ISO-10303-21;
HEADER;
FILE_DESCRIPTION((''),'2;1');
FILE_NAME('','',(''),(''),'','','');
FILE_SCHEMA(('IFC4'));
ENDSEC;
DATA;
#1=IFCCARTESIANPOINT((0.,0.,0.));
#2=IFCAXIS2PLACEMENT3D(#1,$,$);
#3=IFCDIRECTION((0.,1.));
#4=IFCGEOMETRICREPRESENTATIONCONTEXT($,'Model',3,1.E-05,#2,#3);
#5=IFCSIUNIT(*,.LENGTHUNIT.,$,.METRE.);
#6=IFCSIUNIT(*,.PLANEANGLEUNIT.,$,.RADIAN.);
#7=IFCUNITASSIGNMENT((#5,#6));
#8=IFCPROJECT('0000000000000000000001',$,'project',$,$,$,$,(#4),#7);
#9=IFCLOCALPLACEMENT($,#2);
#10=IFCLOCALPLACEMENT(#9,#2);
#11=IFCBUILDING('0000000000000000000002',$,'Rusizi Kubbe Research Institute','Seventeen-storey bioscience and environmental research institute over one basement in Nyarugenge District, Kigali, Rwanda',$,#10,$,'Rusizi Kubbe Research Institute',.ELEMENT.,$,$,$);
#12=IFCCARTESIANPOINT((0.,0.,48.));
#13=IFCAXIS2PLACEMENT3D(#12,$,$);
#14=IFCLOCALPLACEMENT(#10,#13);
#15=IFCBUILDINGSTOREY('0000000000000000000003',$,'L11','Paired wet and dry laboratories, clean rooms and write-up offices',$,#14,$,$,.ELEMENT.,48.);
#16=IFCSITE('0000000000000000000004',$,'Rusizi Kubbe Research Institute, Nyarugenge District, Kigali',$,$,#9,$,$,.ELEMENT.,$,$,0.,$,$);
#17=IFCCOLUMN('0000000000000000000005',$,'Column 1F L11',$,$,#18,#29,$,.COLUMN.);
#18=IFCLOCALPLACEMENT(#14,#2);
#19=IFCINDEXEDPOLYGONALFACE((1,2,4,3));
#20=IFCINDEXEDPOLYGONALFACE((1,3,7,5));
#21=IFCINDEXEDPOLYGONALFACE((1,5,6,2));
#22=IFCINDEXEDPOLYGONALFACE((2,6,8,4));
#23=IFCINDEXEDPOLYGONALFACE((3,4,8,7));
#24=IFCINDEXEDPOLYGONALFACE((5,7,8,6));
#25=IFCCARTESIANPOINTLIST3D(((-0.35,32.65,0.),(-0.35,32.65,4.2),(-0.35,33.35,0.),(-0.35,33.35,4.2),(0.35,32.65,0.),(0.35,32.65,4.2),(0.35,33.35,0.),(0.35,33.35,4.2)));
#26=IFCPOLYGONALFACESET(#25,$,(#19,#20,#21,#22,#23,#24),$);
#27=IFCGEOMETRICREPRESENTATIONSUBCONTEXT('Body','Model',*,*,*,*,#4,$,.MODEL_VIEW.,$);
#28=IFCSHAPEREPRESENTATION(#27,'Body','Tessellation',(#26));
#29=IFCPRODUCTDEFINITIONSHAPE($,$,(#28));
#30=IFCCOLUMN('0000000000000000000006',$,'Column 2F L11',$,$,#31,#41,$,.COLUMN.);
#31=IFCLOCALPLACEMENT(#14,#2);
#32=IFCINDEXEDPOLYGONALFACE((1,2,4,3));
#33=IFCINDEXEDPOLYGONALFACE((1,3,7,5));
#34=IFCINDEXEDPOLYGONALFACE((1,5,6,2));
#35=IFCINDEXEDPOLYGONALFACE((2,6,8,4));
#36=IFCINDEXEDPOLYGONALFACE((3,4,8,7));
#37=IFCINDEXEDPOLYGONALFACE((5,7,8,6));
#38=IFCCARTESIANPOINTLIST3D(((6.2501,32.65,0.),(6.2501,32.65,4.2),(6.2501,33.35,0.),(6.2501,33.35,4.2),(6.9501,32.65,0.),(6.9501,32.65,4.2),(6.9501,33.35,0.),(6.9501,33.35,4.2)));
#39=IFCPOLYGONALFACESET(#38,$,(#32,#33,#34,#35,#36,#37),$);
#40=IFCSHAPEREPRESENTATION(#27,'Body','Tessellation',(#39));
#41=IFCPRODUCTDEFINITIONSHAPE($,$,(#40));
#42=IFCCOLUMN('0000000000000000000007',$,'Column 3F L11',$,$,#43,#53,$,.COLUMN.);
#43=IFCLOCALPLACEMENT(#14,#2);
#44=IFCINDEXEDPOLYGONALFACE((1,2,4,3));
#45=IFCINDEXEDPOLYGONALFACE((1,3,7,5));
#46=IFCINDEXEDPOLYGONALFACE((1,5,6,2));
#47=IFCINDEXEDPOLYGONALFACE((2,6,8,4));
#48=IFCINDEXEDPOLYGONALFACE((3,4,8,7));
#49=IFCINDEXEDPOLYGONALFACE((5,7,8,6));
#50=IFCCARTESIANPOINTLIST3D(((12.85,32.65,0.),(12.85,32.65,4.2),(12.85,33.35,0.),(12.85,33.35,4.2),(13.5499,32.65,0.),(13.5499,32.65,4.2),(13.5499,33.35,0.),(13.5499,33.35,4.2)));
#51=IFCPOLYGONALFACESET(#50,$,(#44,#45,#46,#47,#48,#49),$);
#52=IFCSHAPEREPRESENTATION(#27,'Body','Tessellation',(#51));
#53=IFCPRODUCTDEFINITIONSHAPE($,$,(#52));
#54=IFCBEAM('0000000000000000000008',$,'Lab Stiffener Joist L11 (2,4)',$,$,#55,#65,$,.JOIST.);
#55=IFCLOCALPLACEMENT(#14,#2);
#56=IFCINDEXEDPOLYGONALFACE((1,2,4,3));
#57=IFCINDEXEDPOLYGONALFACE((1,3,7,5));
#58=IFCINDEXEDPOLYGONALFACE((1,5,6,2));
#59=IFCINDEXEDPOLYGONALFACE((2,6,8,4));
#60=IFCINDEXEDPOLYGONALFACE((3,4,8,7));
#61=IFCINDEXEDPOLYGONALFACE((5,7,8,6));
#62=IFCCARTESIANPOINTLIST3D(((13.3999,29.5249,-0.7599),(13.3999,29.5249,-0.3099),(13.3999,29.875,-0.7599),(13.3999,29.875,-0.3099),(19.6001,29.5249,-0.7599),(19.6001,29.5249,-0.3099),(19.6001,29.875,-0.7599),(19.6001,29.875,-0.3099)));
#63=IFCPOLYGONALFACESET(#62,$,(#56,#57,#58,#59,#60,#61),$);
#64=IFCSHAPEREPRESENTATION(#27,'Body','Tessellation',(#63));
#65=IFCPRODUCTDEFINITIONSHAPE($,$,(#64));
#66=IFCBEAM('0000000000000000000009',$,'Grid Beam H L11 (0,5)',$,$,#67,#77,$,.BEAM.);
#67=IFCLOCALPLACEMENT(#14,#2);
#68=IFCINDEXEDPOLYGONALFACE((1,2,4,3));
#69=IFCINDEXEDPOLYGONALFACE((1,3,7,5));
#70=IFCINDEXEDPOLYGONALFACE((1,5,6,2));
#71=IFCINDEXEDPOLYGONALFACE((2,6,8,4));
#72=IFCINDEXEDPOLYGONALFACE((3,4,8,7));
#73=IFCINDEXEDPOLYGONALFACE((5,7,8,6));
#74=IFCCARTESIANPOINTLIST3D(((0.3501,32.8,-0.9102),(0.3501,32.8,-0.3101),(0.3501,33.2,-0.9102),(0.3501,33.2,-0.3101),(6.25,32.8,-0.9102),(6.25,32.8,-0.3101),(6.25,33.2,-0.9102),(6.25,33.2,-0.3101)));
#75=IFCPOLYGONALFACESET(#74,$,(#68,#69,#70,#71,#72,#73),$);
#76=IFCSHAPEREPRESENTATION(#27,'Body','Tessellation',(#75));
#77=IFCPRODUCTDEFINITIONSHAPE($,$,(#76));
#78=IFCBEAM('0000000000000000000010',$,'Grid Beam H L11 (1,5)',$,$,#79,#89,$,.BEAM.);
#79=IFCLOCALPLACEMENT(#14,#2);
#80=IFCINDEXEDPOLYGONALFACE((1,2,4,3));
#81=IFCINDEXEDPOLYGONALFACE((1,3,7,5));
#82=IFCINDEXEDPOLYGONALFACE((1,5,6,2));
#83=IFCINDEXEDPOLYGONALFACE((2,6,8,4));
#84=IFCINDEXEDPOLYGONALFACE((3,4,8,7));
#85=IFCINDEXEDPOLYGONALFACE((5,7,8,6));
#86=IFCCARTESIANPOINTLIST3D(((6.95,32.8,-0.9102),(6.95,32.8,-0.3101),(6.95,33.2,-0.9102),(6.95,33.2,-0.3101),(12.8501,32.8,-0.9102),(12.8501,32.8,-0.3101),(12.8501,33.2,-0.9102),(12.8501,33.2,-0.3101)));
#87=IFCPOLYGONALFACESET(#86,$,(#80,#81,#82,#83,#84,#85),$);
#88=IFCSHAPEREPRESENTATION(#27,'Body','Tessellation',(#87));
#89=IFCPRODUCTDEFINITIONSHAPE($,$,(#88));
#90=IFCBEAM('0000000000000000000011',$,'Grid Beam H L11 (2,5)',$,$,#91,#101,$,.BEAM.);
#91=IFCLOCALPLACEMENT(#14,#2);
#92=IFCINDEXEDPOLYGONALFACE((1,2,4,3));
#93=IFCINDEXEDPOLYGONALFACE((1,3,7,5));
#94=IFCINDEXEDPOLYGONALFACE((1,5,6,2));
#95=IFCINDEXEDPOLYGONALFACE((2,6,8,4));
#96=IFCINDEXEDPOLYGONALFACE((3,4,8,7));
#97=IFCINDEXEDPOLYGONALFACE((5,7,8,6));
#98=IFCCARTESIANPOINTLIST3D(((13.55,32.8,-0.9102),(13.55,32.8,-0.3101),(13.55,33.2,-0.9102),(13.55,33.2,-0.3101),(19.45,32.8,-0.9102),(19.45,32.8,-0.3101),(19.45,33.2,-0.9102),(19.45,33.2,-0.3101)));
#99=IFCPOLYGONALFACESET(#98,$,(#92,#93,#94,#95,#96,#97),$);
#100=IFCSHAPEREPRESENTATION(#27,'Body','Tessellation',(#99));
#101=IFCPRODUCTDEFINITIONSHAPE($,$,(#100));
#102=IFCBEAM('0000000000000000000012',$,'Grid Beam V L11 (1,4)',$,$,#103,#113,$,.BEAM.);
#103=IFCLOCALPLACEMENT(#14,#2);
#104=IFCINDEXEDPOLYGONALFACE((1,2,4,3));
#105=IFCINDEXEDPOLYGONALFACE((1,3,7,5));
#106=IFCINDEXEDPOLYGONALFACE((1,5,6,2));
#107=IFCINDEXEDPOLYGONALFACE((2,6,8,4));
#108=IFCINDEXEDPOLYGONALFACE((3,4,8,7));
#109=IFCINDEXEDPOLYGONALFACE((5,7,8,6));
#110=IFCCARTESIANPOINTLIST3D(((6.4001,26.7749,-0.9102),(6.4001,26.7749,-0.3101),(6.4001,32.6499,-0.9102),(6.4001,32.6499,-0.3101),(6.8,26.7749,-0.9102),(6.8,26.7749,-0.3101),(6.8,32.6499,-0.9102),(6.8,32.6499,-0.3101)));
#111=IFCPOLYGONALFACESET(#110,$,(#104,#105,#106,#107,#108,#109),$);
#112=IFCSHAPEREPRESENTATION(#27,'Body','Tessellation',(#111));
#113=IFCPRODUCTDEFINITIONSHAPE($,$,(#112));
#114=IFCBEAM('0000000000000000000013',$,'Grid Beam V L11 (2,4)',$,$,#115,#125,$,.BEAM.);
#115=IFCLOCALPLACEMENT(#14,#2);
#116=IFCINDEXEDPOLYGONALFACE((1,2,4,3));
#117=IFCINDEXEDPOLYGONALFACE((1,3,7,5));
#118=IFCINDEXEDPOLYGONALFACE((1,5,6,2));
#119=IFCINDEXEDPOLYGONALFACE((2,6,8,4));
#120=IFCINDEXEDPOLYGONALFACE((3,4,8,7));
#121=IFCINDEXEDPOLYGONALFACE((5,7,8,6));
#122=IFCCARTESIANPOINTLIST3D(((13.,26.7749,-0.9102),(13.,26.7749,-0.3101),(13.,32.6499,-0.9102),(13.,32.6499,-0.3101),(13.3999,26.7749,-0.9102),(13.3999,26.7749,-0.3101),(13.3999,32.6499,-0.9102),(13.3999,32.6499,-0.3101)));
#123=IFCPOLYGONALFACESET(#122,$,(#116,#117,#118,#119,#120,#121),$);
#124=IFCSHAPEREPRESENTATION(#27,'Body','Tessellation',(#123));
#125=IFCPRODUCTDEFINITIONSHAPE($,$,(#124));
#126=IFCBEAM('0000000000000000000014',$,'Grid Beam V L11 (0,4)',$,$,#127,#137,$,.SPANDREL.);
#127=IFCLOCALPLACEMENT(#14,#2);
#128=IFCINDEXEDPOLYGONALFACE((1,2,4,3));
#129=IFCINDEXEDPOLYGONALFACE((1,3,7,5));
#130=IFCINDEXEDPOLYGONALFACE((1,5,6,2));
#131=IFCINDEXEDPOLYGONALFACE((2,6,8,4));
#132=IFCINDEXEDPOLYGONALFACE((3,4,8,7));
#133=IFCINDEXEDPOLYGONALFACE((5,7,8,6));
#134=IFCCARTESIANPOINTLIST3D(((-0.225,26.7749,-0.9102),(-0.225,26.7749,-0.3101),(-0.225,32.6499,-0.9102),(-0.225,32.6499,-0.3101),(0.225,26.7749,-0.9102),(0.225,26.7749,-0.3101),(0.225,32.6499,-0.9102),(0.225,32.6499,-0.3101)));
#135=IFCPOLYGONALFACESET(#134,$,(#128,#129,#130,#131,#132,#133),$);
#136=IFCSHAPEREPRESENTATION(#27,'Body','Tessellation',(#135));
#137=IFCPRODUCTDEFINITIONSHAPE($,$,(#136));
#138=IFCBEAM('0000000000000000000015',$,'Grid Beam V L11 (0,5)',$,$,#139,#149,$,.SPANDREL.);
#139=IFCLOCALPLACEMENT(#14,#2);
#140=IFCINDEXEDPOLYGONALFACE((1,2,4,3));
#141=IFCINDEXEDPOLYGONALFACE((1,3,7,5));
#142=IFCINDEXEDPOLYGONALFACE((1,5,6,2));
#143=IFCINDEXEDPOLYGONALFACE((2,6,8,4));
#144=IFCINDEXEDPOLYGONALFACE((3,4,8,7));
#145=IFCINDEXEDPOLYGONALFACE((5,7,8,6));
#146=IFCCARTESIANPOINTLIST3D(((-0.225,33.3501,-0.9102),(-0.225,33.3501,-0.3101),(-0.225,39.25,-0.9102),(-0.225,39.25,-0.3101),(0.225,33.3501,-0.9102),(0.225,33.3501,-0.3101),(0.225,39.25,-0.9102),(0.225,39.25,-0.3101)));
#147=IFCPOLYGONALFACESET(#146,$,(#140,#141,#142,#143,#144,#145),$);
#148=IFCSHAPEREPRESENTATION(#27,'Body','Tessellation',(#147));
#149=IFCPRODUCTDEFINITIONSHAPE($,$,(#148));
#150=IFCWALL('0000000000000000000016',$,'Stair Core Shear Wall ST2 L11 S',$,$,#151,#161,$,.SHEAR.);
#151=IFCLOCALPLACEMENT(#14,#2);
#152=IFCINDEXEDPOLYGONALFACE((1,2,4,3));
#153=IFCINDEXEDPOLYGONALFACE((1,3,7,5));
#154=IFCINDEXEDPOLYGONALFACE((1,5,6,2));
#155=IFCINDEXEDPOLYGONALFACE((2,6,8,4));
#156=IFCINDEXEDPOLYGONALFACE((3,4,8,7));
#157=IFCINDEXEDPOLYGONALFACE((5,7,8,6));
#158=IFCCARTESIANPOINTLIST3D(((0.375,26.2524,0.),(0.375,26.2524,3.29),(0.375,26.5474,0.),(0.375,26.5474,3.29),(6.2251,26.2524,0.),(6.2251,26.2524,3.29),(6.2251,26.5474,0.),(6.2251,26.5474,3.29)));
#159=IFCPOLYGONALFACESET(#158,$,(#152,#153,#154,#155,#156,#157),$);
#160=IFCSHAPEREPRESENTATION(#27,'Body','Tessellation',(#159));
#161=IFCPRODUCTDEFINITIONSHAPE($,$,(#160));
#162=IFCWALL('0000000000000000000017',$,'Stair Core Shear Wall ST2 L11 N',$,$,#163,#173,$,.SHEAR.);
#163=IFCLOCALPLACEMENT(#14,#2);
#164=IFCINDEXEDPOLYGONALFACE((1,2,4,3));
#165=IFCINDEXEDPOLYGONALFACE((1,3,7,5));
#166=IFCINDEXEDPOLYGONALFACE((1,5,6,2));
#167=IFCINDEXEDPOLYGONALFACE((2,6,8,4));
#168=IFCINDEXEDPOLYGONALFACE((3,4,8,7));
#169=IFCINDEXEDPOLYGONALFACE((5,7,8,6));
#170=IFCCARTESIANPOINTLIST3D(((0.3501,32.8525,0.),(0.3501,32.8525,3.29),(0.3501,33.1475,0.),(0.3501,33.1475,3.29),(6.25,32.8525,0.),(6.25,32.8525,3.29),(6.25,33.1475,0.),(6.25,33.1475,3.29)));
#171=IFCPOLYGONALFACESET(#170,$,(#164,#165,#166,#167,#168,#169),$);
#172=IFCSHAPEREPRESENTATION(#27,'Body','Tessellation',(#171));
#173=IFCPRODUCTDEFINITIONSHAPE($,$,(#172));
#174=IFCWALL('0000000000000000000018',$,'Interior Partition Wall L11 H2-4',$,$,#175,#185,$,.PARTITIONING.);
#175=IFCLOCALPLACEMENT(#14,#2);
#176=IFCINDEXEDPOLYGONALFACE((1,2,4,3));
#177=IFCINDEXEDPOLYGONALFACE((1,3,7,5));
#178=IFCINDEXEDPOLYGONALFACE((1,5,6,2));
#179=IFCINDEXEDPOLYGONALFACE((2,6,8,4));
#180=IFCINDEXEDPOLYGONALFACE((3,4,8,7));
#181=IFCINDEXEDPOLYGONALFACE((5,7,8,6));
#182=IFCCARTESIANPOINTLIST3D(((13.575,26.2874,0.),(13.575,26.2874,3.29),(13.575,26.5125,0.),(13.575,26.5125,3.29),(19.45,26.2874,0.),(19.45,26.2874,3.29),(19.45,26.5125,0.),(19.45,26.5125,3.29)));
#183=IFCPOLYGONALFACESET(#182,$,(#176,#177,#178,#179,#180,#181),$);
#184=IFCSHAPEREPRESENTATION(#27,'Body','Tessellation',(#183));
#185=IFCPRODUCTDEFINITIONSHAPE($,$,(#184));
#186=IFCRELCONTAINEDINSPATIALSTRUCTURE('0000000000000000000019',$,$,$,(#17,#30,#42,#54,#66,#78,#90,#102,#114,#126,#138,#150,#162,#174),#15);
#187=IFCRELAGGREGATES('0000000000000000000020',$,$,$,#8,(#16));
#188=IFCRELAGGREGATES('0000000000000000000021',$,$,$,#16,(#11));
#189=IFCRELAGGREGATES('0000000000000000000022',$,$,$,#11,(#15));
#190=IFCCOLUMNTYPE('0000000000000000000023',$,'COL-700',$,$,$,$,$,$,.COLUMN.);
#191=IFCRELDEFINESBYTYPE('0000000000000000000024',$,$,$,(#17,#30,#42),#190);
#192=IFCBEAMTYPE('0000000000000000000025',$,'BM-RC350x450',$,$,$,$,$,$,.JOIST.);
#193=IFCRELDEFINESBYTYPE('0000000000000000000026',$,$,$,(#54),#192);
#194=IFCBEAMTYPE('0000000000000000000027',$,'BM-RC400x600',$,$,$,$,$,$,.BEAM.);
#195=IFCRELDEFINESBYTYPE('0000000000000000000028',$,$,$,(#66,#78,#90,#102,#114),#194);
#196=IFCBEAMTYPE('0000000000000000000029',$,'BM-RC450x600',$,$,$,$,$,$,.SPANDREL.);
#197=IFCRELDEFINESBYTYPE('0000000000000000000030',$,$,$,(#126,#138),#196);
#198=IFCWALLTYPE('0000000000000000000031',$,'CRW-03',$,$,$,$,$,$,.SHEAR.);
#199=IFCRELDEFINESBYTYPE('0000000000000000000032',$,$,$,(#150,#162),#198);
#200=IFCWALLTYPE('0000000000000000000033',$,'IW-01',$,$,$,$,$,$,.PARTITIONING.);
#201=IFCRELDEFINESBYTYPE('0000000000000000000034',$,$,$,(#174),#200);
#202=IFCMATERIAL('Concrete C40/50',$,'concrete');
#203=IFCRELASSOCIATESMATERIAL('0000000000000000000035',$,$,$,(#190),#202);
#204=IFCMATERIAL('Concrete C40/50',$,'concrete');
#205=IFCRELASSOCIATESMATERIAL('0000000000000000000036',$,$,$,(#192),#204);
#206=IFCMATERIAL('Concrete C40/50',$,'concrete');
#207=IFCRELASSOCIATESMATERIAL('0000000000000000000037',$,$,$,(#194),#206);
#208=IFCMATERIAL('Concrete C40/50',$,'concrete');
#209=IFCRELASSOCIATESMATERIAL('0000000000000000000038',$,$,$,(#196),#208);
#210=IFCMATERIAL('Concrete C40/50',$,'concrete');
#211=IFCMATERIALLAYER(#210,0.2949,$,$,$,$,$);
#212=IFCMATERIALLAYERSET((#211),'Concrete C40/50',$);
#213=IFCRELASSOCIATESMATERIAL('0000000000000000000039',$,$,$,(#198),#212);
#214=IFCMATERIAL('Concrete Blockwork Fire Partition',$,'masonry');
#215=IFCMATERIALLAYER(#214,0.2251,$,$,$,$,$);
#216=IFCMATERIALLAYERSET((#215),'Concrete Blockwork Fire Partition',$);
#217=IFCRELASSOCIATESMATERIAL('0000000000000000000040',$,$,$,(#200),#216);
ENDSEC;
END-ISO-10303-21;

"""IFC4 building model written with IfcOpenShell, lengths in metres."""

from ifc_helpers import new_model, si_unit, direction, frame, frame_2d, origin, origin_2d, place, context, subcontext, project, spatial, rectangle, extrude, material, layer, layer_set, material_profile, profile_set, type_object, element, save


model = new_model("IFC4")

# Units and contexts
model_context = context("Model", 3, precision=1e-05, world=origin(), true_north=direction((0.0, 1.0)))
body_context = subcontext(model_context, "Body", "Model", "MODEL_VIEW")
ifc_project = project(units=[si_unit("LENGTHUNIT", "METRE"), si_unit("PLANEANGLEUNIT", "RADIAN")], contexts=[model_context])

# Site, building, storey
site_placement = place(None, origin())
site = spatial("IfcSite", under=ifc_project, at=site_placement, Name="Rusizi Kubbe Research Institute, Nyarugenge District, Kigali", CompositionType="ELEMENT", RefElevation=0.0)
building_placement = place(site_placement, origin())
building = spatial("IfcBuilding", under=site, at=building_placement, Name="Rusizi Kubbe Research Institute", Description="Seventeen-storey bioscience and environmental research institute over one basement in Nyarugenge District, Kigali, Rwanda", LongName="Rusizi Kubbe Research Institute", CompositionType="ELEMENT")
storey_placement = place(building_placement, frame((0.0, 0.0, 48.0)))
storey = spatial("IfcBuildingStorey", under=building, at=storey_placement, Name="L11", Description="Paired wet and dry laboratories, clean rooms and write-up offices", CompositionType="ELEMENT", Elevation=48.0)

# Columns
ifc_material_1 = material(Name="Concrete C40/50", Category="concrete")
ifc_material_profile_1 = material_profile(ifc_material_1, rectangle(XDim=0.7, YDim=0.7, at=origin_2d()), Name="RC700x700")
ifc_profile_set_1 = profile_set([ifc_material_profile_1], Name="Concrete C40/50")
column_type = type_object("IfcColumnType", Name="COL-700", PredefinedType="COLUMN", material=ifc_profile_set_1)
for number, where, z_axis, x_axis, name in (
    (1, (0.0, 33.0, 0.0), (0.0, 0.0, 1.0), (1.0, 0.0, 0.0), "Column 1F L11"),
    (2, (6.6001, 33.0, 0.0), (0.0, 0.0, 1.0), (1.0, 0.0, 0.0), "Column 2F L11"),
    (3, (13.2, 33.0, 0.0), (0.0, 0.0, 1.0), (1.0, 0.0, 0.0), "Column 3F L11"),
):
    element("IfcColumn", number, at=place(storey_placement, frame(where, z_axis=z_axis, x_axis=x_axis)), inside=storey, type_object=column_type, Name=name, PredefinedType="COLUMN", context=body_context, shape_type="SweptSolid", body=[
        extrude(rectangle(XDim=0.7, YDim=0.7, at=origin_2d()), origin(), (0.0, 0.0, 1.0), 4.2),
    ])

# Beams
ifc_material_2 = material(Name="Concrete C40/50", Category="concrete")
ifc_material_profile_2 = material_profile(ifc_material_2, rectangle(XDim=0.3501, YDim=0.45, at=origin_2d()), Name="RC350x450")
ifc_profile_set_2 = profile_set([ifc_material_profile_2], Name="Concrete C40/50")
beam_type_1 = type_object("IfcBeamType", Name="BM-RC350x450", PredefinedType="JOIST", material=ifc_profile_set_2)
beam_1_placement = place(storey_placement, frame((13.3999, 29.7, -0.5349), z_axis=(1.0, 0.0, 0.0), x_axis=(0.0, 1.0, 0.0)))
element("IfcBeam", 4, at=beam_1_placement, inside=storey, type_object=beam_type_1, Name="Lab Stiffener Joist L11 (2,4)", PredefinedType="JOIST", context=body_context, shape_type="SweptSolid", body=[
    extrude(rectangle(XDim=0.3501, YDim=0.45, at=origin_2d()), origin(), (0.0, 0.0, 1.0), 6.2002),
])
ifc_material_3 = material(Name="Concrete C40/50", Category="concrete")
ifc_material_profile_3 = material_profile(ifc_material_3, rectangle(XDim=0.3999, YDim=0.6001, at=origin_2d()), Name="RC400x600")
ifc_profile_set_3 = profile_set([ifc_material_profile_3], Name="Concrete C40/50")
beam_type_2 = type_object("IfcBeamType", Name="BM-RC400x600", PredefinedType="BEAM", material=ifc_profile_set_3)
beam_2_placement = place(storey_placement, frame((0.3501, 33.0, -0.6101), z_axis=(1.0, 0.0, 0.0), x_axis=(0.0, 1.0, 0.0)))
element("IfcBeam", 5, at=beam_2_placement, inside=storey, type_object=beam_type_2, Name="Grid Beam H L11 (0,5)", PredefinedType="BEAM", context=body_context, shape_type="SweptSolid", body=[
    extrude(rectangle(XDim=0.3999, YDim=0.6001, at=origin_2d()), origin(), (0.0, 0.0, 1.0), 5.8999),
])
beam_3_placement = place(storey_placement, frame((6.95, 33.0, -0.6101), z_axis=(1.0, 0.0, 0.0), x_axis=(0.0, 1.0, 0.0)))
element("IfcBeam", 6, at=beam_3_placement, inside=storey, type_object=beam_type_2, Name="Grid Beam H L11 (1,5)", PredefinedType="BEAM", context=body_context, shape_type="SweptSolid", body=[
    extrude(rectangle(XDim=0.3999, YDim=0.6001, at=origin_2d()), origin(), (0.0, 0.0, 1.0), 5.9001),
])
beam_4_placement = place(storey_placement, frame((13.55, 33.0, -0.6101), z_axis=(1.0, 0.0, 0.0), x_axis=(0.0, 1.0, 0.0)))
element("IfcBeam", 7, at=beam_4_placement, inside=storey, type_object=beam_type_2, Name="Grid Beam H L11 (2,5)", PredefinedType="BEAM", context=body_context, shape_type="SweptSolid", body=[
    extrude(rectangle(XDim=0.3999, YDim=0.6001, at=origin_2d()), origin(), (0.0, 0.0, 1.0), 5.8999),
])
for number, where, z_axis, x_axis, name in (
    (8, (6.6001, 26.7749, -0.6101), (0.0, 1.0, 0.0), (-1.0, 0.0, 0.0), "Grid Beam V L11 (1,4)"),
    (9, (13.2, 26.7749, -0.6101), (0.0, 1.0, 0.0), (-1.0, 0.0, 0.0), "Grid Beam V L11 (2,4)"),
):
    element("IfcBeam", number, at=place(storey_placement, frame(where, z_axis=z_axis, x_axis=x_axis)), inside=storey, type_object=beam_type_2, Name=name, PredefinedType="BEAM", context=body_context, shape_type="SweptSolid", body=[
        extrude(rectangle(XDim=0.3999, YDim=0.6001, at=origin_2d()), origin(), (0.0, 0.0, 1.0), 5.875),
    ])
ifc_material_4 = material(Name="Concrete C40/50", Category="concrete")
ifc_material_profile_4 = material_profile(ifc_material_4, rectangle(XDim=0.45, YDim=0.6001, at=origin_2d()), Name="RC450x600")
ifc_profile_set_4 = profile_set([ifc_material_profile_4], Name="Concrete C40/50")
beam_type_3 = type_object("IfcBeamType", Name="BM-RC450x600", PredefinedType="SPANDREL", material=ifc_profile_set_4)
beam_5_placement = place(storey_placement, frame((0.0, 26.7749, -0.6101), z_axis=(0.0, 1.0, 0.0), x_axis=(-1.0, 0.0, 0.0)))
element("IfcBeam", 10, at=beam_5_placement, inside=storey, type_object=beam_type_3, Name="Grid Beam V L11 (0,4)", PredefinedType="SPANDREL", context=body_context, shape_type="SweptSolid", body=[
    extrude(rectangle(XDim=0.45, YDim=0.6001, at=origin_2d()), origin(), (0.0, 0.0, 1.0), 5.875),
])
beam_6_placement = place(storey_placement, frame((0.0, 33.3501, -0.6101), z_axis=(0.0, 1.0, 0.0), x_axis=(-1.0, 0.0, 0.0)))
element("IfcBeam", 11, at=beam_6_placement, inside=storey, type_object=beam_type_3, Name="Grid Beam V L11 (0,5)", PredefinedType="SPANDREL", context=body_context, shape_type="SweptSolid", body=[
    extrude(rectangle(XDim=0.45, YDim=0.6001, at=origin_2d()), origin(), (0.0, 0.0, 1.0), 5.8999),
])

# Walls
ifc_material_5 = material(Name="Concrete C40/50", Category="concrete")
ifc_layer_1 = layer(ifc_material_5, 0.2949)
ifc_layer_set_1 = layer_set([ifc_layer_1], Name="Concrete C40/50")
wall_type_1 = type_object("IfcWallType", Name="CRW-03", PredefinedType="SHEAR", material=ifc_layer_set_1)
wall_1_placement = place(storey_placement, frame((0.375, 26.3999, 0.0), z_axis=(0.0, 0.0, 1.0), x_axis=(1.0, 0.0, 0.0)))
element("IfcWall", 12, at=wall_1_placement, inside=storey, type_object=wall_type_1, Name="Stair Core Shear Wall ST2 L11 S", PredefinedType="SHEAR", context=body_context, shape_type="SweptSolid", body=[
    extrude(rectangle(XDim=5.8501, YDim=0.2949, at=frame_2d((2.925, 0.0))), origin(), (0.0, 0.0, 1.0), 3.29),
])
wall_2_placement = place(storey_placement, frame((0.3501, 33.0, 0.0), z_axis=(0.0, 0.0, 1.0), x_axis=(1.0, 0.0, 0.0)))
element("IfcWall", 13, at=wall_2_placement, inside=storey, type_object=wall_type_1, Name="Stair Core Shear Wall ST2 L11 N", PredefinedType="SHEAR", context=body_context, shape_type="SweptSolid", body=[
    extrude(rectangle(XDim=5.8999, YDim=0.2949, at=frame_2d((2.95, 0.0))), origin(), (0.0, 0.0, 1.0), 3.29),
])

# Wall
ifc_material_6 = material(Name="Concrete Blockwork Fire Partition", Category="masonry")
ifc_layer_2 = layer(ifc_material_6, 0.2251)
ifc_layer_set_2 = layer_set([ifc_layer_2], Name="Concrete Blockwork Fire Partition")
wall_type_2 = type_object("IfcWallType", Name="IW-01", PredefinedType="PARTITIONING", material=ifc_layer_set_2)
wall_3_placement = place(storey_placement, frame((13.575, 26.3999, 0.0), z_axis=(0.0, 0.0, 1.0), x_axis=(1.0, 0.0, 0.0)))
element("IfcWall", 14, at=wall_3_placement, inside=storey, type_object=wall_type_2, Name="Interior Partition Wall L11 H2-4", PredefinedType="PARTITIONING", context=body_context, shape_type="SweptSolid", body=[
    extrude(rectangle(XDim=5.875, YDim=0.2251, at=frame_2d((2.9375, 0.0))), origin(), (0.0, 0.0, 1.0), 3.29),
])

save(model, "model.ifc")
